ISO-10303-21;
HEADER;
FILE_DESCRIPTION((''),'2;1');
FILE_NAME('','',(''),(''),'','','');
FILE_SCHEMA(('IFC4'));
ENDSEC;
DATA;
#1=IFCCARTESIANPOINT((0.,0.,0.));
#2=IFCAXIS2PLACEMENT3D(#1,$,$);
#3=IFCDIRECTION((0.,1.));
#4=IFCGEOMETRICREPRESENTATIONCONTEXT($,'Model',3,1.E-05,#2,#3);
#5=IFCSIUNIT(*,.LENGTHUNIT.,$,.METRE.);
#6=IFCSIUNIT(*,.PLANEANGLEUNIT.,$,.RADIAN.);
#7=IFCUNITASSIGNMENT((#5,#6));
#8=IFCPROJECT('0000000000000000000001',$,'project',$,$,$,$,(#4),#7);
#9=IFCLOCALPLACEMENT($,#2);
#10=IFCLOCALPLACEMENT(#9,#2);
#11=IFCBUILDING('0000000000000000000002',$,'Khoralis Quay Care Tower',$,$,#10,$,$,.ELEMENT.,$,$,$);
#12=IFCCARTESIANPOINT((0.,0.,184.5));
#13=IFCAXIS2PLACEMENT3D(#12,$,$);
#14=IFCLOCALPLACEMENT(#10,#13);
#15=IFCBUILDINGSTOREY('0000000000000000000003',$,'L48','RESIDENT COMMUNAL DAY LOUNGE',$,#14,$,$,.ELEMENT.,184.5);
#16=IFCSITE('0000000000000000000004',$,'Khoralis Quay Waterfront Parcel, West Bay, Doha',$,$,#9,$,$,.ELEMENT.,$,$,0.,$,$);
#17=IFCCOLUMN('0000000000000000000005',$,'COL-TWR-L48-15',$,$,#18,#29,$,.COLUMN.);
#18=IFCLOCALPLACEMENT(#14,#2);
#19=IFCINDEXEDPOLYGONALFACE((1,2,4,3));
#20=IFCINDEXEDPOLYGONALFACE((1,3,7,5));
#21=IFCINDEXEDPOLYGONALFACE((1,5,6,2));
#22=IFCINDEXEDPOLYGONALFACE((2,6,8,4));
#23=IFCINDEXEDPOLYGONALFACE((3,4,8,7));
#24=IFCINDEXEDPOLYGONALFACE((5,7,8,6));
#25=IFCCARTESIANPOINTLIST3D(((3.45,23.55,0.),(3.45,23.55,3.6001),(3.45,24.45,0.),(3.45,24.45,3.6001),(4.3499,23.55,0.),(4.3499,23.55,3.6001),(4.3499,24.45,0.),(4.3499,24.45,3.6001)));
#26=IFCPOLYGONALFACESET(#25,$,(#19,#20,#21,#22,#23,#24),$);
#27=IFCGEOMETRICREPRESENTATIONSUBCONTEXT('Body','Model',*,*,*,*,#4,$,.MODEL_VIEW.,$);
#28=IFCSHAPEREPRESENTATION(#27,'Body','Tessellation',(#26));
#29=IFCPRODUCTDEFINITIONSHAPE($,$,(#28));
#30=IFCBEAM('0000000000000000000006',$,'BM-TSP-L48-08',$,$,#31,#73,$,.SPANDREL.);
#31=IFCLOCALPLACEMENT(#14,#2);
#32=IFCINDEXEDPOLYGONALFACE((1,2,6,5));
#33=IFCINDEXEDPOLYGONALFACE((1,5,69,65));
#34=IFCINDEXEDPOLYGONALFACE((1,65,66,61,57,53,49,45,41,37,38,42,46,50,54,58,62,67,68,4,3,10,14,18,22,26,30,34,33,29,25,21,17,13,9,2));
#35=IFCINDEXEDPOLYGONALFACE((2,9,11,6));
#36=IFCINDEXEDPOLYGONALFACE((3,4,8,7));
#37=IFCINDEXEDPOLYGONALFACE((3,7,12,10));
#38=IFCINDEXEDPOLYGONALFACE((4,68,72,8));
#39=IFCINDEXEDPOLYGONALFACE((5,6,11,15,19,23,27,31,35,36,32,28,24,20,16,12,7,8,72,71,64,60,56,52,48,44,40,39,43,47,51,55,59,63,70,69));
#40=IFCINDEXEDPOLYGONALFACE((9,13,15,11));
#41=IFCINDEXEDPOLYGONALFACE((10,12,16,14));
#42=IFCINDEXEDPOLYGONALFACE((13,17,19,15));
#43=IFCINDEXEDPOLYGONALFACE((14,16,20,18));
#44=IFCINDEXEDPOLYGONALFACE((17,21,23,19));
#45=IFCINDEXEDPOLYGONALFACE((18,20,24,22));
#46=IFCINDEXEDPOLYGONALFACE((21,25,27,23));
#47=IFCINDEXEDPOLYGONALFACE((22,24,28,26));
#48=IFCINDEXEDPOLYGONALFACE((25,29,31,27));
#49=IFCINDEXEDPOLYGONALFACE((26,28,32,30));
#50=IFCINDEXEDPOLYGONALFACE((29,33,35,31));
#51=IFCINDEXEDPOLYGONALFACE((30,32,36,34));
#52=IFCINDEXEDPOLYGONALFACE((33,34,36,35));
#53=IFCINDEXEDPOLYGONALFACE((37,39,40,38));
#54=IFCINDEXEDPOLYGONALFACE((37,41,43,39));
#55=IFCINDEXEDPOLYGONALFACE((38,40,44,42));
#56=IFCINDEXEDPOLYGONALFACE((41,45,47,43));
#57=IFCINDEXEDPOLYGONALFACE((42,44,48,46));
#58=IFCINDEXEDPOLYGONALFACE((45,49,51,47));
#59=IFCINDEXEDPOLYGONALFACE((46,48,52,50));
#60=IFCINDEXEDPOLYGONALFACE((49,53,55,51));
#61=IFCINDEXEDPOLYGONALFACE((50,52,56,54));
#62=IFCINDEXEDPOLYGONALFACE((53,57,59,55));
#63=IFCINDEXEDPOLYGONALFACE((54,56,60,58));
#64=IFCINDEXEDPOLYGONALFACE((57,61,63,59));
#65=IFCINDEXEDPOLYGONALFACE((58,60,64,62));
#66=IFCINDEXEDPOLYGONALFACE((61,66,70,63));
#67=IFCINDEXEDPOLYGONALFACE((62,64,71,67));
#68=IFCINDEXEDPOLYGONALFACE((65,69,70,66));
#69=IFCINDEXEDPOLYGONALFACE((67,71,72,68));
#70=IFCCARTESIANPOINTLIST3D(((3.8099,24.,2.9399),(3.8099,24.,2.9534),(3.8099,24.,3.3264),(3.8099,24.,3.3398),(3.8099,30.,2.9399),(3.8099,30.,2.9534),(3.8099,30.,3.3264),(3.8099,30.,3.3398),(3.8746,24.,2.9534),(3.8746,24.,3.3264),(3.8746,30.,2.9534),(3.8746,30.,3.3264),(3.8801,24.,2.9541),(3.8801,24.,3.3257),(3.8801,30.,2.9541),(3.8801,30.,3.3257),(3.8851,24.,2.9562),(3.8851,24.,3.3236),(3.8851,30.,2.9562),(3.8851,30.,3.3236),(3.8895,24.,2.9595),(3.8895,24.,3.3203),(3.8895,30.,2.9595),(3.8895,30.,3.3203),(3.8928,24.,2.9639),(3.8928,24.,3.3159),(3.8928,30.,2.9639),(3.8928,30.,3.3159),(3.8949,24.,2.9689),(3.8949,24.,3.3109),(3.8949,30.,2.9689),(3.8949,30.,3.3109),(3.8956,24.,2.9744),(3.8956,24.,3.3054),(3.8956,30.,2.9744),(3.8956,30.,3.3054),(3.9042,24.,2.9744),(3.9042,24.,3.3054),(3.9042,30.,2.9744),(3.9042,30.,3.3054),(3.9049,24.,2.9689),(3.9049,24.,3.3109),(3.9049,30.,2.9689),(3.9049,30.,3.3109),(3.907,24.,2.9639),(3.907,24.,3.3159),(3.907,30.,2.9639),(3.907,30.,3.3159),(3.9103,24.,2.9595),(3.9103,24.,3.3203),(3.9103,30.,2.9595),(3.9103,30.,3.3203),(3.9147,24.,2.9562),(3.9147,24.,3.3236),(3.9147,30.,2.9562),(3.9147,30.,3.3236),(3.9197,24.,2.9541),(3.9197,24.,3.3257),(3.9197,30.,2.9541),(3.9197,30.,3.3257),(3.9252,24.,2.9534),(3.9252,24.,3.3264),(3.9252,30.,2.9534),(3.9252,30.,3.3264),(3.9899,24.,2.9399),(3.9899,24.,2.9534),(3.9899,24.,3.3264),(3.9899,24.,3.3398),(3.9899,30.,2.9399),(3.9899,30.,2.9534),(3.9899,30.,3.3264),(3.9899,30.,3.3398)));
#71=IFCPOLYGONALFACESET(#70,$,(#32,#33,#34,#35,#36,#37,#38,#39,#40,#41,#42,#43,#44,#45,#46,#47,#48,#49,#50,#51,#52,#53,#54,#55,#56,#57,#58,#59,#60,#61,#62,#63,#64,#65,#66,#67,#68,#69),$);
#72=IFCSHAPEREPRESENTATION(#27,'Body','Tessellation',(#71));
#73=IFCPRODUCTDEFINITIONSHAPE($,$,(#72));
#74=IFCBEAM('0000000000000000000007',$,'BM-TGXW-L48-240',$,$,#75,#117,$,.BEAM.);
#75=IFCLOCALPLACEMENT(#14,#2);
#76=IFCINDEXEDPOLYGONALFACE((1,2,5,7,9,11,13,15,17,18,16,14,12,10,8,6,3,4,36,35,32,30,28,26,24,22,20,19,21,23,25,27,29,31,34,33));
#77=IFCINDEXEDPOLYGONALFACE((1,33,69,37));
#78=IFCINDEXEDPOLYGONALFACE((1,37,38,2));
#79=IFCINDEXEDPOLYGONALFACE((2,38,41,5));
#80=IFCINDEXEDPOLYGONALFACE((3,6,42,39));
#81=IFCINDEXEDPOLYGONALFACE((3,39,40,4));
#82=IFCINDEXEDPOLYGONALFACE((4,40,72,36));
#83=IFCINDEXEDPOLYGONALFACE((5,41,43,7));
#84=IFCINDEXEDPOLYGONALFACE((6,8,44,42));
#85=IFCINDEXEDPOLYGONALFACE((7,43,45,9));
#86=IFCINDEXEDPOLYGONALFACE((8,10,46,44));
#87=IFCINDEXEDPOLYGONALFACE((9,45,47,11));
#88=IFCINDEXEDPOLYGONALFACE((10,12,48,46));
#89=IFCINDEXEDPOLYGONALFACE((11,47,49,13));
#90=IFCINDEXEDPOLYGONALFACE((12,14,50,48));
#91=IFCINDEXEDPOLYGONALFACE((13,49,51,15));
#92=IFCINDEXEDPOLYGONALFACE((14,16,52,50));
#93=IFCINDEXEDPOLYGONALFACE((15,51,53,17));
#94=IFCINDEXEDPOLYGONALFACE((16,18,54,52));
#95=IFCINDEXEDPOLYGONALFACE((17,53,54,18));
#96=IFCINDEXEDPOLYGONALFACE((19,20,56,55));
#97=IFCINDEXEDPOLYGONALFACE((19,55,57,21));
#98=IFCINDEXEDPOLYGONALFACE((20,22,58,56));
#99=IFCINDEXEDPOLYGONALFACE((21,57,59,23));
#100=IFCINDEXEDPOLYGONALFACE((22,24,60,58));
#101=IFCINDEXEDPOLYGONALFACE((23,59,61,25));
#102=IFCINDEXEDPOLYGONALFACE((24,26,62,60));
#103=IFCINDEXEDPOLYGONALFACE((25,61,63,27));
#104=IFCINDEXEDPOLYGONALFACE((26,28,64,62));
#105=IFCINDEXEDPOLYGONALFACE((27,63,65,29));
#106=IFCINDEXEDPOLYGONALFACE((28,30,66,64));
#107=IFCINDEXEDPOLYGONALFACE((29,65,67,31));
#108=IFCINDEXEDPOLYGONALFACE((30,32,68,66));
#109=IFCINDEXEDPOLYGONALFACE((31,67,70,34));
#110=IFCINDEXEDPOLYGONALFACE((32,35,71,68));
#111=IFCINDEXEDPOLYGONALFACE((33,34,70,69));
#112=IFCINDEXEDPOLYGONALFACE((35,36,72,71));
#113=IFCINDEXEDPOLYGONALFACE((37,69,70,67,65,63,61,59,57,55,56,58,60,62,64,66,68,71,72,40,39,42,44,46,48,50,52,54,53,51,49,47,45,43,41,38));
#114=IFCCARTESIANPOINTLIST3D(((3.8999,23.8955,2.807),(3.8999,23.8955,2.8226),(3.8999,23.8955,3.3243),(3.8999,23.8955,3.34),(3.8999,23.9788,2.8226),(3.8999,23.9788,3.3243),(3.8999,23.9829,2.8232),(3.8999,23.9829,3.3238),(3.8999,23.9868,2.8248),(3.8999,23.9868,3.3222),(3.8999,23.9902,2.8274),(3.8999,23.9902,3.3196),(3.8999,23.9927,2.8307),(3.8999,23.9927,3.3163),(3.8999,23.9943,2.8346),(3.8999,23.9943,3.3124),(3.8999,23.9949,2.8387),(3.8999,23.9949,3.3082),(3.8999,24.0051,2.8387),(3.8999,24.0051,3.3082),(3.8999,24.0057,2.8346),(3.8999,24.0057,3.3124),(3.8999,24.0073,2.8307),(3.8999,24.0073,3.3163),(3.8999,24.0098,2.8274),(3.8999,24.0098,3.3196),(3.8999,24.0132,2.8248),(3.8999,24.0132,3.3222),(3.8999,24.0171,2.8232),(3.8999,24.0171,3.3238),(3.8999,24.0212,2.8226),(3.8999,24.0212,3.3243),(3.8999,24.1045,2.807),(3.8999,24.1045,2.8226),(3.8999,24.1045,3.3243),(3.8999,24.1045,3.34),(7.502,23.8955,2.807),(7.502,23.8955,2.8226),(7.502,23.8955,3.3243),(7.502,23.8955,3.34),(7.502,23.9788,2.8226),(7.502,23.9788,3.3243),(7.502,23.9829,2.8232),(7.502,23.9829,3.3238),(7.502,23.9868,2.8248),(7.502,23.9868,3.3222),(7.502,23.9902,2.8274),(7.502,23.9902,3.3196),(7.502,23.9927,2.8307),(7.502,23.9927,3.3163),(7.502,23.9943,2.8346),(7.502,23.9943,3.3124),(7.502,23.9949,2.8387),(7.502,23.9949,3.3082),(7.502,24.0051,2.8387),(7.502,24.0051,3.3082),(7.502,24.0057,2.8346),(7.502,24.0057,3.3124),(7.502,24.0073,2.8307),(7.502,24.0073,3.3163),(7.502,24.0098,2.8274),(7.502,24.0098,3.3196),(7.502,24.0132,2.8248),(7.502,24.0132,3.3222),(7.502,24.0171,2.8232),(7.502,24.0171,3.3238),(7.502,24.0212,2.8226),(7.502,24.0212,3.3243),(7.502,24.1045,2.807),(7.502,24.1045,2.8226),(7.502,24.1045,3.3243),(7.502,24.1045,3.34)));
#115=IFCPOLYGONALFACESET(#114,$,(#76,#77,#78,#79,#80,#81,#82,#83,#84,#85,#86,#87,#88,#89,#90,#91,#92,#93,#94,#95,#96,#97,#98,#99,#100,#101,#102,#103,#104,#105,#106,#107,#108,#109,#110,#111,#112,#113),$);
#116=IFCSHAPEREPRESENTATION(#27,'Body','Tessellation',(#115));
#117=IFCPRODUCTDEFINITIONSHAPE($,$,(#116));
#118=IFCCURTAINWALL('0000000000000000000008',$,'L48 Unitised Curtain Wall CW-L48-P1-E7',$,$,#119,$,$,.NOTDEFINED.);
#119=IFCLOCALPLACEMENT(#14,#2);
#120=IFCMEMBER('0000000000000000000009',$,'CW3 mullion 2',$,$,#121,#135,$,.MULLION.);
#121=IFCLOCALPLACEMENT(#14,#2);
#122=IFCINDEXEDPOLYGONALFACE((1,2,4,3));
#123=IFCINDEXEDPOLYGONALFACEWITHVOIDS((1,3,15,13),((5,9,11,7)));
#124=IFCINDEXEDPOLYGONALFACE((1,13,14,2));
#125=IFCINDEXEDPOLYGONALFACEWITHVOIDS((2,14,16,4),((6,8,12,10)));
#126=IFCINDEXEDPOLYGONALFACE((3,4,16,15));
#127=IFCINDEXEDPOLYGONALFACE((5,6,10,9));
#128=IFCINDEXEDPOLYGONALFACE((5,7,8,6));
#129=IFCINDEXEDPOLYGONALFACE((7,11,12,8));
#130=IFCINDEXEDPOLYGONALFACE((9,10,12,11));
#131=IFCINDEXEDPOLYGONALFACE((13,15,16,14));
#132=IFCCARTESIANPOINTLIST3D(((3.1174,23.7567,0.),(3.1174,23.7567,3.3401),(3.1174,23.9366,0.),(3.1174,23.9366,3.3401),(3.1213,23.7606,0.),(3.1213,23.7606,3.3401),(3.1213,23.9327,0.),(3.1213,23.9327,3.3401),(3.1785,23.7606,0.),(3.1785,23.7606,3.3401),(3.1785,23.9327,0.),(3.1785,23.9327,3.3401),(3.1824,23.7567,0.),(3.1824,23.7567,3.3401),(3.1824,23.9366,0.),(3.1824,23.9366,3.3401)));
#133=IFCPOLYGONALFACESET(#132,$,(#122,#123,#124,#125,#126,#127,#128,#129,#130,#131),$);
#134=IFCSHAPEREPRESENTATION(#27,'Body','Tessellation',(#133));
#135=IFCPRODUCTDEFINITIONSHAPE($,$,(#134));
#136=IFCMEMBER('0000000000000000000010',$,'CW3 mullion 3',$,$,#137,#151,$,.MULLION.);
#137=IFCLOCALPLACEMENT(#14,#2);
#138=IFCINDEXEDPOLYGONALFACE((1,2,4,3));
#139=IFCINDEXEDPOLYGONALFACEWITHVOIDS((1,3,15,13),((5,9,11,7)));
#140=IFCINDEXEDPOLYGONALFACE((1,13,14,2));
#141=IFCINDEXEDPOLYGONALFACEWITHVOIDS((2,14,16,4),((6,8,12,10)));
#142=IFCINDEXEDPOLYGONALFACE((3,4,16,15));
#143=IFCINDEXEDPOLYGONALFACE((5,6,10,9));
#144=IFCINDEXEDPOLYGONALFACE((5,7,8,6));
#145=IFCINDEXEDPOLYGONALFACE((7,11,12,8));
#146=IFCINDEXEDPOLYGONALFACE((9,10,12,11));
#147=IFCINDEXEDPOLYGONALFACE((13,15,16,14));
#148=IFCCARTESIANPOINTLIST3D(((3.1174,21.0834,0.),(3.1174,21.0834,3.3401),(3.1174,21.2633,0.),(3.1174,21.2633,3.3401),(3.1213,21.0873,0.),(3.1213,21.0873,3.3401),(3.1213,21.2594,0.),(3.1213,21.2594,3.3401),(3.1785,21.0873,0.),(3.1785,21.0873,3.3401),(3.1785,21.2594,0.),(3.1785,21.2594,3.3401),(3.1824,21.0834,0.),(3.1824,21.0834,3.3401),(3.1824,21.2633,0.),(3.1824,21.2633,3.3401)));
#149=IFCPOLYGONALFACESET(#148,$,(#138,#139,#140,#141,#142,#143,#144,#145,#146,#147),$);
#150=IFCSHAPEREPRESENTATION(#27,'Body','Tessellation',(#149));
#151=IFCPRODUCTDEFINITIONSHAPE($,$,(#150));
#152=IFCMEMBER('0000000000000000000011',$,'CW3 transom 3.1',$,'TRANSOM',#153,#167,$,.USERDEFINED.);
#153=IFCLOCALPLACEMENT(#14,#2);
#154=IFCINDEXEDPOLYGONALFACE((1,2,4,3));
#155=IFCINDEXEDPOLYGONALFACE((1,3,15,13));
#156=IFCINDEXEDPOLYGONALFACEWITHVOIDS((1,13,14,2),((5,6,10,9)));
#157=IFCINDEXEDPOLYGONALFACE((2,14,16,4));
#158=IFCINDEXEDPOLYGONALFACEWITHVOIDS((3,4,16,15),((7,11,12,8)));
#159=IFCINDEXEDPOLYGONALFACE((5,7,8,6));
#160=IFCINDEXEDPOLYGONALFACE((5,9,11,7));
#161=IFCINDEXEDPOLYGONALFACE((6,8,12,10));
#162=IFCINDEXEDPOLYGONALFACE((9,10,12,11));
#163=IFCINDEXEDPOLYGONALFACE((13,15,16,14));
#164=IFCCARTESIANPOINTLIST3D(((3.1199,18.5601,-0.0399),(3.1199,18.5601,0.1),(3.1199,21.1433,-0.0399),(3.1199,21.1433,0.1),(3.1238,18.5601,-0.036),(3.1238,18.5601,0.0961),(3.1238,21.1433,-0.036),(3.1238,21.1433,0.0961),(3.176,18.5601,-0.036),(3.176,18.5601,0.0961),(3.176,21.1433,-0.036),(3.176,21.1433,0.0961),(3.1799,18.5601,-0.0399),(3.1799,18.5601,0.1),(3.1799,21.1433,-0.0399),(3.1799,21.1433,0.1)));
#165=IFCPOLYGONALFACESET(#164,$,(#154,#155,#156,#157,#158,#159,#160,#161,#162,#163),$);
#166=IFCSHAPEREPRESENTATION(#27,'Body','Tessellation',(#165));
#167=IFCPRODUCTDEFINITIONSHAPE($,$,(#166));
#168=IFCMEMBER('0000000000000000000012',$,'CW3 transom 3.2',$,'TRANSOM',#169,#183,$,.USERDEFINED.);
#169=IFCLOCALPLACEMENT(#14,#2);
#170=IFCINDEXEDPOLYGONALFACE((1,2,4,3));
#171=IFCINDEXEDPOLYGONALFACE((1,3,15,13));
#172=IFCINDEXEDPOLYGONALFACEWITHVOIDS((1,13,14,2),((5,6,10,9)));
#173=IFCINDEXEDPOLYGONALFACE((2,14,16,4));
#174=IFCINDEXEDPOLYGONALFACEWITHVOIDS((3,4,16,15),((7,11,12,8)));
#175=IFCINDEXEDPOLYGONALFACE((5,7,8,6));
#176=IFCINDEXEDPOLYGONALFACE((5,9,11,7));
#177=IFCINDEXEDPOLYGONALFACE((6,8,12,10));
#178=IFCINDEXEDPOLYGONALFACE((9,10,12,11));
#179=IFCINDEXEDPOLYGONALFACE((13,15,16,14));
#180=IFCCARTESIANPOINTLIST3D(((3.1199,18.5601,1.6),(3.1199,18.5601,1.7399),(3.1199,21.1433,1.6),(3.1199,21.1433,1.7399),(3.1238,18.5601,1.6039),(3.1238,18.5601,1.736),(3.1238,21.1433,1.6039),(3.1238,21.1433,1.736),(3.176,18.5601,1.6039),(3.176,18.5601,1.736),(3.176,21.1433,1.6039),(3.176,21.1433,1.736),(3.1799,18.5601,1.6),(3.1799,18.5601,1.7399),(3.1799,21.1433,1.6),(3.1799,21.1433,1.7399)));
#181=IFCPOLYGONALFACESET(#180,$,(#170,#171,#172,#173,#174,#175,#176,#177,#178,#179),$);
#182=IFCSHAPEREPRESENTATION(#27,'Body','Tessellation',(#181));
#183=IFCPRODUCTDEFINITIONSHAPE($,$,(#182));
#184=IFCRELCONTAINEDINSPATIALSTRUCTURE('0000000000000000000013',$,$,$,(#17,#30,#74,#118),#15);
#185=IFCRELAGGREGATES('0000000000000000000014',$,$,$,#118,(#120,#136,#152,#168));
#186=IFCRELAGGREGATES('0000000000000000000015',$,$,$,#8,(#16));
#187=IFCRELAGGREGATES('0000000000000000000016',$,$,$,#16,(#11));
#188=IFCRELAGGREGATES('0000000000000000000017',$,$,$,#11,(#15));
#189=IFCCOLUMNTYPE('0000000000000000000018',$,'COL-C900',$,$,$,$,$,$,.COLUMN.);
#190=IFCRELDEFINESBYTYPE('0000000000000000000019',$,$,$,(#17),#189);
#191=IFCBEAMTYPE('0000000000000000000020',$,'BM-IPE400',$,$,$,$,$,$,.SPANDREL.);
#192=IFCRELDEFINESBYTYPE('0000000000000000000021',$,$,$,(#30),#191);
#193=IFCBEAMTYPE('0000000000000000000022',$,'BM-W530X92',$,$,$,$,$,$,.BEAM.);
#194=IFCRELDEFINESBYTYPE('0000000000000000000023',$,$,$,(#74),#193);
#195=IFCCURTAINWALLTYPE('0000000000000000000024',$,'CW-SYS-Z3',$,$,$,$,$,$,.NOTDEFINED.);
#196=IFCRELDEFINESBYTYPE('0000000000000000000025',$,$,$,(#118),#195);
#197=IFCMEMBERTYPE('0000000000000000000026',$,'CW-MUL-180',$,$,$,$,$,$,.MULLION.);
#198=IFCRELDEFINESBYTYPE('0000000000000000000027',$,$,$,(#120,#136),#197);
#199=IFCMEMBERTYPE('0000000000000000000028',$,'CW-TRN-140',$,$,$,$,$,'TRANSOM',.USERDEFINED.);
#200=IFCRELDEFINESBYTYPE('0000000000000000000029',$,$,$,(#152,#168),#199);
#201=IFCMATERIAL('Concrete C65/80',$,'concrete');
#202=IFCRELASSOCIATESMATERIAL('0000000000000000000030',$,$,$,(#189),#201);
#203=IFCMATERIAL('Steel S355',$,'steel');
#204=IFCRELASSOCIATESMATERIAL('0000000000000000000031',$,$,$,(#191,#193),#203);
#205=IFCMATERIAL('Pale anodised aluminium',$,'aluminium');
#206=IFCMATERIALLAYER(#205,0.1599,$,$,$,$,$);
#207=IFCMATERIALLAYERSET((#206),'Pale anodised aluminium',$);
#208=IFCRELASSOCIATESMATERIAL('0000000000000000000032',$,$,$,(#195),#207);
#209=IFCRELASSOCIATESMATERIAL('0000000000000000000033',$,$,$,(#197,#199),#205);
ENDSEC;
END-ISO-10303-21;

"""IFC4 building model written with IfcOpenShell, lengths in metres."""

from ifc_helpers import new_model, si_unit, direction, frame, origin, origin_2d, place, context, subcontext, project, spatial, rectangle, hollow_rectangle, i_section, extrude, source, transform, mapped, material, layer, layer_set, material_profile, profile_set, type_object, element, aggregate, save


model = new_model("IFC4")

# Units and contexts
model_context = context("Model", 3, precision=1e-05, world=origin(), true_north=direction((0.0, 1.0)))
body_context = subcontext(model_context, "Body", "Model", "MODEL_VIEW")
ifc_project = project(units=[si_unit("LENGTHUNIT", "METRE"), si_unit("PLANEANGLEUNIT", "RADIAN")], contexts=[model_context])

# Site, building, storey
site_placement = place(None, origin())
site = spatial("IfcSite", under=ifc_project, at=site_placement, Name="Khoralis Quay Waterfront Parcel, West Bay, Doha", CompositionType="ELEMENT", RefElevation=0.0)
building_placement = place(site_placement, origin())
building = spatial("IfcBuilding", under=site, at=building_placement, Name="Khoralis Quay Care Tower", CompositionType="ELEMENT")
storey_placement = place(building_placement, frame((0.0, 0.0, 184.5)))
storey = spatial("IfcBuildingStorey", under=building, at=storey_placement, Name="L48", Description="RESIDENT COMMUNAL DAY LOUNGE", CompositionType="ELEMENT", Elevation=184.5)

# Column
ifc_material_1 = material(Name="Concrete C65/80", Category="concrete")
ifc_material_profile_1 = material_profile(ifc_material_1, rectangle(XDim=0.8999, YDim=0.8999, at=origin_2d()), Name="Concrete C65/80")
ifc_profile_set_1 = profile_set([ifc_material_profile_1], Name="Concrete C65/80")
column_type = type_object("IfcColumnType", Name="COL-C900", PredefinedType="COLUMN", material=ifc_profile_set_1)
shared_shape_1 = source(origin(), body_context, "Body", "SweptSolid", [
    extrude(rectangle(XDim=0.8999, YDim=0.8999, at=origin_2d()), origin(), (0.0, 0.0, 1.0), 3.6001),
])
column_placement = place(storey_placement, frame((3.8999, 24.0, 0.0), z_axis=(0.0, 0.0, 1.0), x_axis=(1.0, 0.0, 0.0)))
element("IfcColumn", 1, at=column_placement, inside=storey, type_object=column_type, Name="COL-TWR-L48-15", PredefinedType="COLUMN", context=body_context, shape_type="MappedRepresentation", body=[
    mapped(shared_shape_1, transform((0.0, 0.0, 0.0), scale=1.0)),
])

# Beams
ifc_material_2 = material(Name="Steel S355", Category="steel")
ifc_material_profile_2 = material_profile(ifc_material_2, i_section(OverallWidth=0.1799, OverallDepth=0.3999, WebThickness=0.0085, FlangeThickness=0.0134, FilletRadius=0.021, at=origin_2d()), Name="Steel S355")
ifc_profile_set_2 = profile_set([ifc_material_profile_2], Name="Steel S355")
beam_type_1 = type_object("IfcBeamType", Name="BM-IPE400", PredefinedType="SPANDREL", material=ifc_profile_set_2)
shared_shape_2 = source(origin(), body_context, "Body", "SweptSolid", [
    extrude(i_section(OverallWidth=0.1799, OverallDepth=0.3999, WebThickness=0.0085, FlangeThickness=0.0134, FilletRadius=0.021, at=origin_2d()), origin(), (0.0, 0.0, 1.0), 6.0),
])
beam_1_placement = place(storey_placement, frame((3.8999, 24.0, 3.1399), z_axis=(0.0, 1.0, 0.0), x_axis=(-1.0, 0.0, 0.0)))
element("IfcBeam", 2, at=beam_1_placement, inside=storey, type_object=beam_type_1, Name="BM-TSP-L48-08", PredefinedType="SPANDREL", context=body_context, shape_type="MappedRepresentation", body=[
    mapped(shared_shape_2, transform((0.0, 0.0, 0.0), scale=1.0)),
])
ifc_material_profile_3 = material_profile(ifc_material_2, i_section(OverallWidth=0.209, OverallDepth=0.533, WebThickness=0.0103, FlangeThickness=0.0156, FilletRadius=0.0161, at=origin_2d()), Name="Steel S355")
ifc_profile_set_3 = profile_set([ifc_material_profile_3], Name="Steel S355")
beam_type_2 = type_object("IfcBeamType", Name="BM-W530X92", PredefinedType="BEAM", material=ifc_profile_set_3)
shared_shape_3 = source(origin(), body_context, "Body", "SweptSolid", [
    extrude(i_section(OverallWidth=0.209, OverallDepth=0.533, WebThickness=0.0103, FlangeThickness=0.0156, FilletRadius=0.0161, at=origin_2d()), origin(), (0.0, 0.0, 1.0), 3.6021),
])
beam_2_placement = place(storey_placement, frame((3.8999, 24.0, 3.0735), z_axis=(1.0, 0.0, 0.0), x_axis=(0.0, 1.0, 0.0)))
element("IfcBeam", 3, at=beam_2_placement, inside=storey, type_object=beam_type_2, Name="BM-TGXW-L48-240", PredefinedType="BEAM", context=body_context, shape_type="MappedRepresentation", body=[
    mapped(shared_shape_3, transform((0.0, 0.0, 0.0), scale=1.0)),
])

# Curtain wall, members
ifc_material_3 = material(Name="Pale anodised aluminium", Category="aluminium")
ifc_layer_1 = layer(ifc_material_3, 0.1599)
ifc_layer_set_1 = layer_set([ifc_layer_1], Name="Pale anodised aluminium")
curtain_wall_type = type_object("IfcCurtainWallType", Name="CW-SYS-Z3", PredefinedType="NOTDEFINED", material=ifc_layer_set_1)
curtain_wall_placement = place(storey_placement, origin())
curtain_wall = element("IfcCurtainWall", 4, at=curtain_wall_placement, inside=storey, type_object=curtain_wall_type, Name="L48 Unitised Curtain Wall CW-L48-P1-E7", PredefinedType="NOTDEFINED")
ifc_material_profile_4 = material_profile(ifc_material_3, hollow_rectangle(XDim=0.0649, YDim=0.1799, WallThickness=0.0039, at=origin_2d()), Name="Pale anodised aluminium")
ifc_profile_set_4 = profile_set([ifc_material_profile_4], Name="Pale anodised aluminium")
member_type_1 = type_object("IfcMemberType", Name="CW-MUL-180", PredefinedType="MULLION", material=ifc_profile_set_4)
shared_shape_4 = source(origin(), body_context, "Body", "SweptSolid", [
    extrude(hollow_rectangle(XDim=0.0649, YDim=0.1799, WallThickness=0.0039, at=origin_2d()), origin(), (0.0, 0.0, 1.0), 3.3401),
])
member_1_placement = place(storey_placement, frame((3.1499, 23.8467, 0.0), z_axis=(0.0, 0.0, 1.0), x_axis=(1.0, 0.0, 0.0)))
member_1 = element("IfcMember", 5, at=member_1_placement, type_object=member_type_1, Name="CW3 mullion 2", PredefinedType="MULLION", context=body_context, shape_type="MappedRepresentation", body=[
    mapped(shared_shape_4, transform((0.0, 0.0, 0.0), scale=1.0)),
])
member_2_placement = place(storey_placement, frame((3.1499, 21.1733, 0.0), z_axis=(0.0, 0.0, 1.0), x_axis=(1.0, 0.0, 0.0)))
member_2 = element("IfcMember", 6, at=member_2_placement, type_object=member_type_1, Name="CW3 mullion 3", PredefinedType="MULLION", context=body_context, shape_type="MappedRepresentation", body=[
    mapped(shared_shape_4, transform((0.0, 0.0, 0.0), scale=1.0)),
])
ifc_material_profile_5 = material_profile(ifc_material_3, hollow_rectangle(XDim=0.0601, YDim=0.1399, WallThickness=0.0039, at=origin_2d()), Name="Pale anodised aluminium")
ifc_profile_set_5 = profile_set([ifc_material_profile_5], Name="Pale anodised aluminium")
member_type_2 = type_object("IfcMemberType", Name="CW-TRN-140", ElementType="TRANSOM", PredefinedType="USERDEFINED", material=ifc_profile_set_5)
shared_shape_5 = source(origin(), body_context, "Body", "SweptSolid", [
    extrude(hollow_rectangle(XDim=0.0601, YDim=0.1399, WallThickness=0.0039, at=origin_2d()), origin(), (0.0, 0.0, 1.0), 2.5833),
])
member_3_placement = place(storey_placement, frame((3.1499, 21.1433, 0.03), z_axis=(0.0, -1.0, 0.0), x_axis=(1.0, 0.0, 0.0)))
member_3 = element("IfcMember", 7, at=member_3_placement, type_object=member_type_2, Name="CW3 transom 3.1", ObjectType="TRANSOM", PredefinedType="USERDEFINED", context=body_context, shape_type="MappedRepresentation", body=[
    mapped(shared_shape_5, transform((0.0, 0.0, 0.0), scale=1.0)),
])
member_4_placement = place(storey_placement, frame((3.1499, 21.1433, 1.6699), z_axis=(0.0, -1.0, 0.0), x_axis=(1.0, 0.0, 0.0)))
member_4 = element("IfcMember", 8, at=member_4_placement, type_object=member_type_2, Name="CW3 transom 3.2", ObjectType="TRANSOM", PredefinedType="USERDEFINED", context=body_context, shape_type="MappedRepresentation", body=[
    mapped(shared_shape_5, transform((0.0, 0.0, 0.0), scale=1.0)),
])
aggregate(curtain_wall, [member_1, member_2, member_3, member_4])

save(model, "model.ifc")
